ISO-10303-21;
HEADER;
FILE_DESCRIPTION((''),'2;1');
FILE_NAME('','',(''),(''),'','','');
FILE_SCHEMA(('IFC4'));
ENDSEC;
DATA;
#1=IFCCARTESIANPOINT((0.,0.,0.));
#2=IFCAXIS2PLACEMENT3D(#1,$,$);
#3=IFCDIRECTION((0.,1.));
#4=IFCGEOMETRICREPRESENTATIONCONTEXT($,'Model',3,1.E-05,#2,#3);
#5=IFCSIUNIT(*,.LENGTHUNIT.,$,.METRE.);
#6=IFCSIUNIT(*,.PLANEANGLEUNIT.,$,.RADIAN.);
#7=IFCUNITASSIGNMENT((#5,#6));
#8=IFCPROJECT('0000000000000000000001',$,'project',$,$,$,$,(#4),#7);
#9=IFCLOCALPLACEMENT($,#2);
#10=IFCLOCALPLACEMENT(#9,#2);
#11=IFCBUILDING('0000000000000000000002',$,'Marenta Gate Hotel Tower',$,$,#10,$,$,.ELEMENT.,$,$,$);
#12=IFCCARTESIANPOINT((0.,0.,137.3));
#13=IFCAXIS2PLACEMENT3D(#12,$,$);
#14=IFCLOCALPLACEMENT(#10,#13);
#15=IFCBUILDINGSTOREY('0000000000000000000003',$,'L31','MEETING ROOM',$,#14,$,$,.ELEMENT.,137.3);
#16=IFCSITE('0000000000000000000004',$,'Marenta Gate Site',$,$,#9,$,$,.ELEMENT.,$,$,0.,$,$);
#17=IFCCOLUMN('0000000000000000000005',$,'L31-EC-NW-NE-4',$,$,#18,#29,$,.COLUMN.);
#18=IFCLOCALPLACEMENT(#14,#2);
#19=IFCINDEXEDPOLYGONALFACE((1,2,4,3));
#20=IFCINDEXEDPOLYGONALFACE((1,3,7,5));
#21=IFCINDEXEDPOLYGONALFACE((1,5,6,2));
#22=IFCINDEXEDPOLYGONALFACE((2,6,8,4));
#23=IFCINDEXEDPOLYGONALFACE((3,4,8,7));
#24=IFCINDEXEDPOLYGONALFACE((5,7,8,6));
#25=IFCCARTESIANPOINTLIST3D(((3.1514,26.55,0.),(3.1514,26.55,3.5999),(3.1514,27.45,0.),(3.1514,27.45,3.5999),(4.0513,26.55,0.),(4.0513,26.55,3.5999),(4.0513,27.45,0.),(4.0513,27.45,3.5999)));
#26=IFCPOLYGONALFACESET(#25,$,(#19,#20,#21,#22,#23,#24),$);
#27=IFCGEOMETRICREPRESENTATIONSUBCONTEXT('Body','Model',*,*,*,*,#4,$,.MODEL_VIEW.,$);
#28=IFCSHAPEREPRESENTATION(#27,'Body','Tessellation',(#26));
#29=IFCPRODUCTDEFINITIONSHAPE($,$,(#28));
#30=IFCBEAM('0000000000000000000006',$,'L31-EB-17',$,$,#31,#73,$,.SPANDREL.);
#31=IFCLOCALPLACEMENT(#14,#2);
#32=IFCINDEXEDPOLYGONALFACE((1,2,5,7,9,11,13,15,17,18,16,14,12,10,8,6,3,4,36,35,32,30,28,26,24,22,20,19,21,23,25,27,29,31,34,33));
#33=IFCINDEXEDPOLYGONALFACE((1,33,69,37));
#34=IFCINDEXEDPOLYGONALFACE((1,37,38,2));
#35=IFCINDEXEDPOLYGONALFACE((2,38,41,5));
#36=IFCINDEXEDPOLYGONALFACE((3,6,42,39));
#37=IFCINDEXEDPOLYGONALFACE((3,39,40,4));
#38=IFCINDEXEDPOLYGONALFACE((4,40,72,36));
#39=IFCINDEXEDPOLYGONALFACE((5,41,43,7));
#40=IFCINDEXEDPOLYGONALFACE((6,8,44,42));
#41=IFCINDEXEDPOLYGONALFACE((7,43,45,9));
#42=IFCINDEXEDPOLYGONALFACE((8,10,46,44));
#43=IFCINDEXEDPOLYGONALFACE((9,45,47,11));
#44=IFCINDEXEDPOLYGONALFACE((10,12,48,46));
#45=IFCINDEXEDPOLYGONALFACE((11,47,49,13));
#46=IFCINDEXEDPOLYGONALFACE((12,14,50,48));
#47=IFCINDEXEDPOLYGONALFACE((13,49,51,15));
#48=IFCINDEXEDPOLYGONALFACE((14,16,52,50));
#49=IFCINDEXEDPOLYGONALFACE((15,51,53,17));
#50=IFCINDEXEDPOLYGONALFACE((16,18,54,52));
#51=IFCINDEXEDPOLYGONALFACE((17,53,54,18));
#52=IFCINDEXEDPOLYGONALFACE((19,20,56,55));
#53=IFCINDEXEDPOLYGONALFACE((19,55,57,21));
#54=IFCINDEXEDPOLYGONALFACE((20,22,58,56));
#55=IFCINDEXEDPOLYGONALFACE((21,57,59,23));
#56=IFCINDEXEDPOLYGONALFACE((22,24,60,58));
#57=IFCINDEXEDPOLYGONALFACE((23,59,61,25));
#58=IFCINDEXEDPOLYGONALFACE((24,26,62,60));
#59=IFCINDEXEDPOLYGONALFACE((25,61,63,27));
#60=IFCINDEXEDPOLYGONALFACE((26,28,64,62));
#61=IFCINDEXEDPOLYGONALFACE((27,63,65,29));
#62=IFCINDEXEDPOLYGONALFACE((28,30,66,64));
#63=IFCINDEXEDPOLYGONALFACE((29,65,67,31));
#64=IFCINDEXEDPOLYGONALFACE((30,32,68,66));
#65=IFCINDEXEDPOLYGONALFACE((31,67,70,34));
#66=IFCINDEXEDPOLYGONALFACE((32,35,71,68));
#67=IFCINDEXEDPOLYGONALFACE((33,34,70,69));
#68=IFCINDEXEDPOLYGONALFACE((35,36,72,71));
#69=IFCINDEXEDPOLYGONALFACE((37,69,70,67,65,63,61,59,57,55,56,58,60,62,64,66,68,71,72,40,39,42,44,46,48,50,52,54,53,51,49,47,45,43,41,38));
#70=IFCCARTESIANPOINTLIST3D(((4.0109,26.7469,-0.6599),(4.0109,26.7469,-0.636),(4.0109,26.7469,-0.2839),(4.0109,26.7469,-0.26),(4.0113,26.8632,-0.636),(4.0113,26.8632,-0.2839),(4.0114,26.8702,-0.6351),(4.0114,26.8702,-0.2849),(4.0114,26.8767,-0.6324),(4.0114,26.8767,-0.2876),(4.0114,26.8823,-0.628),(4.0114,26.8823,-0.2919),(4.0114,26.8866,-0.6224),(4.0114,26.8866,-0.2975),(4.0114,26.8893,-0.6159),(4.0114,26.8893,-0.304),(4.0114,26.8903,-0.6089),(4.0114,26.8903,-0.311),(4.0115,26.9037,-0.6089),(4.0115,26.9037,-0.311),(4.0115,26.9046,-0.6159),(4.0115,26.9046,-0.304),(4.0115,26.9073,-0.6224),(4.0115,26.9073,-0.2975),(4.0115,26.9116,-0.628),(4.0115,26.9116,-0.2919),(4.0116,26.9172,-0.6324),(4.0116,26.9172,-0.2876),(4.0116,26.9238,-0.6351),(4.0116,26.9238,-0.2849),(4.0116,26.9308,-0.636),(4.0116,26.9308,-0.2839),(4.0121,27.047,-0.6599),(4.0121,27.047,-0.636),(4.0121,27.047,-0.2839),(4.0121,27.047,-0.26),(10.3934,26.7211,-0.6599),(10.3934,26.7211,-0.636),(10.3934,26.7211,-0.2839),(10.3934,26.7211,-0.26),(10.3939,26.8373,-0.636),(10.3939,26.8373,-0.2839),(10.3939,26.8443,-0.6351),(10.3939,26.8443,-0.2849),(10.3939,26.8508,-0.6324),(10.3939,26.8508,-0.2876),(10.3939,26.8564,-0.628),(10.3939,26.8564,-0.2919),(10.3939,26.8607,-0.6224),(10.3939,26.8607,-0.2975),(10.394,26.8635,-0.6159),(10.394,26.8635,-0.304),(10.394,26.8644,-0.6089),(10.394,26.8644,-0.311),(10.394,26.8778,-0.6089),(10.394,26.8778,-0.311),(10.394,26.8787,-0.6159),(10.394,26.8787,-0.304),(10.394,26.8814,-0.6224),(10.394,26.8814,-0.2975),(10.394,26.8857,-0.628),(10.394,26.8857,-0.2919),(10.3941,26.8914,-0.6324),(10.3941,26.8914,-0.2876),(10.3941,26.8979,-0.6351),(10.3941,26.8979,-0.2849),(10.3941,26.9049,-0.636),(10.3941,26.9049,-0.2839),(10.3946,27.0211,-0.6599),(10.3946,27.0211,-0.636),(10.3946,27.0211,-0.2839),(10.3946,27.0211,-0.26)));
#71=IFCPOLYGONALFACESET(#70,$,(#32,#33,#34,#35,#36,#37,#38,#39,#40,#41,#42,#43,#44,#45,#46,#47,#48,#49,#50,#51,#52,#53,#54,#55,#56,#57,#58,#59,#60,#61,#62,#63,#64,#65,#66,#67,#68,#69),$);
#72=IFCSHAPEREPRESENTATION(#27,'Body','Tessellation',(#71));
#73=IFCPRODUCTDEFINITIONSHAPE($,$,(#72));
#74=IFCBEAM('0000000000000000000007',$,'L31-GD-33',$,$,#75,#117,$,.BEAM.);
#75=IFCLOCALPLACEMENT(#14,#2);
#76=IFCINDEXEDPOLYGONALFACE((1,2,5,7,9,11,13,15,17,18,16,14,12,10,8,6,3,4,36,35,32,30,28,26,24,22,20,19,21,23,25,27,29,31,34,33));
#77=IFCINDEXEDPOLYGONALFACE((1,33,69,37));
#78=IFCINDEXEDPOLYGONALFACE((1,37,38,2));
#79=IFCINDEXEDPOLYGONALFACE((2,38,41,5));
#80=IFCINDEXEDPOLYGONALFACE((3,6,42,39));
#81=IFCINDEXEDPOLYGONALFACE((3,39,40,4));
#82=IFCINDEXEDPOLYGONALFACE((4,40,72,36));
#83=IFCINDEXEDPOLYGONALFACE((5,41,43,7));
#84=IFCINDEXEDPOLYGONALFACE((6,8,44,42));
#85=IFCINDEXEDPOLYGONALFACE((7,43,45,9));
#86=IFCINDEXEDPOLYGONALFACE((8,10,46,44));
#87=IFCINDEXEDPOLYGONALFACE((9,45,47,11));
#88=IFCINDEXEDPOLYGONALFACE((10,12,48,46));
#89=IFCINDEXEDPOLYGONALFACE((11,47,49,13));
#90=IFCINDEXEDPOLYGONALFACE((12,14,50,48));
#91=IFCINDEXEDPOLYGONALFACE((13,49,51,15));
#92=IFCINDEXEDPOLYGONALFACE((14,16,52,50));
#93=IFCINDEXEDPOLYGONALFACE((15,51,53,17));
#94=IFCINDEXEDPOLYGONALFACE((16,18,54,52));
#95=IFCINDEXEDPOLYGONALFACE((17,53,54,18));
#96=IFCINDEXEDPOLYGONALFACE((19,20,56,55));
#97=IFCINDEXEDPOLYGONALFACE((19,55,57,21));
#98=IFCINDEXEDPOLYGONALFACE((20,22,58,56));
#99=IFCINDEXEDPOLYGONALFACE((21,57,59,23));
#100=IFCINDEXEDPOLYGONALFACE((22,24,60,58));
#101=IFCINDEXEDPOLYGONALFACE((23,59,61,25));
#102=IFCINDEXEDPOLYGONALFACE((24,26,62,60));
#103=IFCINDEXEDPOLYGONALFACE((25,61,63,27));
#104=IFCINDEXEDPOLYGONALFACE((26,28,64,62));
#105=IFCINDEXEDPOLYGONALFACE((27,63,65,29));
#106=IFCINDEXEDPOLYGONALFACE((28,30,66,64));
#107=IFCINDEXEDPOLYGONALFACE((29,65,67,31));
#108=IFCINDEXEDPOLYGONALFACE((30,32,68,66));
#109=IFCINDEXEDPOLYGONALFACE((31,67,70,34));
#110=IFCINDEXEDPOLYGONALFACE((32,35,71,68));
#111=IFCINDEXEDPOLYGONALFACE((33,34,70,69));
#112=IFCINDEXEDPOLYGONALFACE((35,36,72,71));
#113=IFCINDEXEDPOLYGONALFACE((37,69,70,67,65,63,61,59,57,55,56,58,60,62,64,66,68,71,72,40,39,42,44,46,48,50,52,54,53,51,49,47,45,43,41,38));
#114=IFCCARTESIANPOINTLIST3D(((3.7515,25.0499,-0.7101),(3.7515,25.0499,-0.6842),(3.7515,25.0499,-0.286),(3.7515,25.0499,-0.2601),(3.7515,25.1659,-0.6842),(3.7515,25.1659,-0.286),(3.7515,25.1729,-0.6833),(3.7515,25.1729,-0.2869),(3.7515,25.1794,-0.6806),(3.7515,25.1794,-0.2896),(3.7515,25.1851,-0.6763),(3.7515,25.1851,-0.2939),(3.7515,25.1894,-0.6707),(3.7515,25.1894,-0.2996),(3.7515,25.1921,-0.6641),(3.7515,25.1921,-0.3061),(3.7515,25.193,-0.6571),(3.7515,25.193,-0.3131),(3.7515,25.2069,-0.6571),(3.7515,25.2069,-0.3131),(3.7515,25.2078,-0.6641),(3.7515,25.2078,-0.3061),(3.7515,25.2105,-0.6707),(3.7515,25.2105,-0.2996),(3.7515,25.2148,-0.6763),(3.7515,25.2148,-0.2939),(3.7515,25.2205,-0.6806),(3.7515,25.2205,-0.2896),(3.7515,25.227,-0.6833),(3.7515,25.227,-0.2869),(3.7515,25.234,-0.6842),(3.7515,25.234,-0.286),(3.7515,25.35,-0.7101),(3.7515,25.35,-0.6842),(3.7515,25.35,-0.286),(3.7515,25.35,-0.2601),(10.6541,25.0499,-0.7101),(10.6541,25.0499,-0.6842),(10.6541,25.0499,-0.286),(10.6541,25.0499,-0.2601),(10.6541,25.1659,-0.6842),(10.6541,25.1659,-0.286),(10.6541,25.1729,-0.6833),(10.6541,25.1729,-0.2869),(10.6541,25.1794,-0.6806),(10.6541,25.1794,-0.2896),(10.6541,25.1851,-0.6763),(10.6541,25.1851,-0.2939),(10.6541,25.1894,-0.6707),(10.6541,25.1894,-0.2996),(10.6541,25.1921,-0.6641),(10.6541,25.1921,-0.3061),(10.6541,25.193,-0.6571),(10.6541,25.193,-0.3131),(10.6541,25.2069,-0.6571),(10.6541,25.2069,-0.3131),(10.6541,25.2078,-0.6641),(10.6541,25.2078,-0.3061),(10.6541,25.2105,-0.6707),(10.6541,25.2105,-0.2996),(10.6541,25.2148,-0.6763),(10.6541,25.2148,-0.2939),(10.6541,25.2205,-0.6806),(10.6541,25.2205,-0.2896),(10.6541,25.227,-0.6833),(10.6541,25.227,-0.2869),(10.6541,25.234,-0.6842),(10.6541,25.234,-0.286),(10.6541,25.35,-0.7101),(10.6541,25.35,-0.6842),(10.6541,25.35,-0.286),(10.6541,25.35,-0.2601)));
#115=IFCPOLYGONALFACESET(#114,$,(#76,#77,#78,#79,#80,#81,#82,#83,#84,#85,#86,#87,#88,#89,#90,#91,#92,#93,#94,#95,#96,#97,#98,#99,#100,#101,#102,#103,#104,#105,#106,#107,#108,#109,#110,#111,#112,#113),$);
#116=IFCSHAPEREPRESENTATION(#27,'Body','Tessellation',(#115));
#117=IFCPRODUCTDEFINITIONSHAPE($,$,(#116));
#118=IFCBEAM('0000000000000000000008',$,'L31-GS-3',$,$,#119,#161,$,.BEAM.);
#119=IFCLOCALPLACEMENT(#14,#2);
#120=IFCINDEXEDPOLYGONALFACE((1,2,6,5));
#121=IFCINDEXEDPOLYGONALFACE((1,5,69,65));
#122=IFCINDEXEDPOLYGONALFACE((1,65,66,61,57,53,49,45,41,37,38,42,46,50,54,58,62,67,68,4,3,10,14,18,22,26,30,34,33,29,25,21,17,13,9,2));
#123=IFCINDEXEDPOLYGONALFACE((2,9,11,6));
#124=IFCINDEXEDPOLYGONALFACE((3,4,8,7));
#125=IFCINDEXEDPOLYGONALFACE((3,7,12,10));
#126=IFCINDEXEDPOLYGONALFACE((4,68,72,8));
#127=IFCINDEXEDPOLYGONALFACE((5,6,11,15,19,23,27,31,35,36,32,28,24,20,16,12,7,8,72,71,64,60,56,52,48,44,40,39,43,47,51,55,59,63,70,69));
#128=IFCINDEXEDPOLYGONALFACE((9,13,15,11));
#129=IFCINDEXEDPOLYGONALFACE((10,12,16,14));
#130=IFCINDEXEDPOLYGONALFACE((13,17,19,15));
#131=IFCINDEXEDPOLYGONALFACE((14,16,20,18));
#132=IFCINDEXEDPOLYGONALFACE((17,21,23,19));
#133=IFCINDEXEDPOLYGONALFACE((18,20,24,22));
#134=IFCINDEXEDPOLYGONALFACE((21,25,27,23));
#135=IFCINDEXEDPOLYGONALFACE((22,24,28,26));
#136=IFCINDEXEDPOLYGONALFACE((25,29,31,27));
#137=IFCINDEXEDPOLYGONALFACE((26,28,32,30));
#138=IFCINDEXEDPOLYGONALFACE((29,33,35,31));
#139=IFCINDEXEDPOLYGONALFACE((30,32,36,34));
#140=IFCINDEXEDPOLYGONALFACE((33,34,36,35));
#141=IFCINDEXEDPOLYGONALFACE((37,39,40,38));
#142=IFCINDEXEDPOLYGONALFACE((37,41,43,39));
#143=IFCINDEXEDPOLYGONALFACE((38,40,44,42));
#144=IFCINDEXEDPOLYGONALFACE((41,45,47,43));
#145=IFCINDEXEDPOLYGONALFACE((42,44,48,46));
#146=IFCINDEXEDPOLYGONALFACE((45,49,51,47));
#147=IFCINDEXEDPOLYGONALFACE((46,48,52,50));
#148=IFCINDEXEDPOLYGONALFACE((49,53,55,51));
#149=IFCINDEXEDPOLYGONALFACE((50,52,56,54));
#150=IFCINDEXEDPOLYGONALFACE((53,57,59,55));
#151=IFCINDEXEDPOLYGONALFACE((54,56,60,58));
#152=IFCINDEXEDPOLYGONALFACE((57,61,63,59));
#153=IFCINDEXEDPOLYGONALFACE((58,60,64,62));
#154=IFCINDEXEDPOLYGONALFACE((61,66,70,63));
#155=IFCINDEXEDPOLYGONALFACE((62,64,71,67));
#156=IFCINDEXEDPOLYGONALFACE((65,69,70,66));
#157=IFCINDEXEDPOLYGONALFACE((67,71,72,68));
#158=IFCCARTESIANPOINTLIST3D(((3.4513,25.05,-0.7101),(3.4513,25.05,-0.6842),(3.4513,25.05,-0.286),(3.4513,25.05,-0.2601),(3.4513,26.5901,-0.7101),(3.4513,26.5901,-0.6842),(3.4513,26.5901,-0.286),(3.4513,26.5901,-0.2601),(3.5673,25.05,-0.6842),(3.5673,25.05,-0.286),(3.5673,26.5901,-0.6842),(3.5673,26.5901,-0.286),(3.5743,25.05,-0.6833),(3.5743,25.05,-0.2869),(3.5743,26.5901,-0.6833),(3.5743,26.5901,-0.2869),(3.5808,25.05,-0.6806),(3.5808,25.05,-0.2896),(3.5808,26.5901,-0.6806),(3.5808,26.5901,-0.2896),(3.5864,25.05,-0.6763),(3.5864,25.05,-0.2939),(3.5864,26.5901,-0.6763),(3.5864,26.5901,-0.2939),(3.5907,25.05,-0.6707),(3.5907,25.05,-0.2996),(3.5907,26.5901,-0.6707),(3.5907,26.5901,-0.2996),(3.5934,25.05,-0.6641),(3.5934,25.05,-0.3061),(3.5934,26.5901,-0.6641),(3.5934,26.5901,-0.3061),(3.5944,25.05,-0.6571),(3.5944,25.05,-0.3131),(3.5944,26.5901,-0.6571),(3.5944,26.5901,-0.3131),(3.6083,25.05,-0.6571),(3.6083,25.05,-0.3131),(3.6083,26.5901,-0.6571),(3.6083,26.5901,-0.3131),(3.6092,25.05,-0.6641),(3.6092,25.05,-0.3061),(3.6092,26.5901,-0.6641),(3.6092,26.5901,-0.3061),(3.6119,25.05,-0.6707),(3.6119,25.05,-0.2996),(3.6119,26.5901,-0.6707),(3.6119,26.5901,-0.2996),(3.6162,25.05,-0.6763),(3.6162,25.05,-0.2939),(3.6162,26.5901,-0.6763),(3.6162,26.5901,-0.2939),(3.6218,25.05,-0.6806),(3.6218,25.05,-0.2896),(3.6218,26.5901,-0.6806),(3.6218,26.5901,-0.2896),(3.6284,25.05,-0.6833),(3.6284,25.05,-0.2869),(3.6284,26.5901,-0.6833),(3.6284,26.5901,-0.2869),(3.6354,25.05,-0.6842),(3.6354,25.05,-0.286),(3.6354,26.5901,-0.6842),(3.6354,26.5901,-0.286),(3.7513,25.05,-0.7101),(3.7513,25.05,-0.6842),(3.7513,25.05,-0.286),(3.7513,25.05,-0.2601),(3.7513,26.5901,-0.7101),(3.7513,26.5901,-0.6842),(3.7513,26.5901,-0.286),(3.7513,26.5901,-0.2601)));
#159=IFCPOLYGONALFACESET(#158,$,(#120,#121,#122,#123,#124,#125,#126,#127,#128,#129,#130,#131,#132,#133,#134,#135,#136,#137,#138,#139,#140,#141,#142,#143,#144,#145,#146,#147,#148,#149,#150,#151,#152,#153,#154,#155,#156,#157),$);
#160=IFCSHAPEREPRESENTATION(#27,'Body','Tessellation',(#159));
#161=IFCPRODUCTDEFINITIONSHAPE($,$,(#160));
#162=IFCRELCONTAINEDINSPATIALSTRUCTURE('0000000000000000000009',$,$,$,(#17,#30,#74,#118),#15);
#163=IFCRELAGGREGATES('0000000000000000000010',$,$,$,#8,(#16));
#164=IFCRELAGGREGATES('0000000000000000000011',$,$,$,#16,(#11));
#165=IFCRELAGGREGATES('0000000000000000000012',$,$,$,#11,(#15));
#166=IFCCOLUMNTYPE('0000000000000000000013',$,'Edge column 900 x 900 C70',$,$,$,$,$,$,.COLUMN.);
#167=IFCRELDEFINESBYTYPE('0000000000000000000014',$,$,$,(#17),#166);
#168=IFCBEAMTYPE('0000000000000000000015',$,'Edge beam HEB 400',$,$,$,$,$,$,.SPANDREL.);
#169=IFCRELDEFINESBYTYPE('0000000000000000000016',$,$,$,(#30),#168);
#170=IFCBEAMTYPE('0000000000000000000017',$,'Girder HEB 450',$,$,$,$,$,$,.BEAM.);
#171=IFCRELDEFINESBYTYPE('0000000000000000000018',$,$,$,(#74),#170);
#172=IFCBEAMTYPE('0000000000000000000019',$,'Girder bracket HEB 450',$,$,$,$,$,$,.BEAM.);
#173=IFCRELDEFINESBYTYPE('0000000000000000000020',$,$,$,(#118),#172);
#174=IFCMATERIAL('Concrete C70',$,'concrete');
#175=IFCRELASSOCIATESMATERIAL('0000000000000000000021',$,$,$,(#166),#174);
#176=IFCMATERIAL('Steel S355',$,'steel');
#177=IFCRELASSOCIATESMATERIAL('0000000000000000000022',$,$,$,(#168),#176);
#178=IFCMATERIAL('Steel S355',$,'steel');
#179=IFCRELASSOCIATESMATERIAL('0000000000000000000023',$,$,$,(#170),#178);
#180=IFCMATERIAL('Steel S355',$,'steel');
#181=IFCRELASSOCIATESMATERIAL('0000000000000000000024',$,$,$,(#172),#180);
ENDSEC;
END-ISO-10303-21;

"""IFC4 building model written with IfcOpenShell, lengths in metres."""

from ifc_helpers import new_model, si_unit, direction, frame, origin, origin_2d, place, context, subcontext, project, spatial, rectangle, i_section, extrude, material, material_profile, profile_set, type_object, element, save


model = new_model("IFC4")

# Units and contexts
model_context = context("Model", 3, precision=1e-05, world=origin(), true_north=direction((0.0, 1.0)))
body_context = subcontext(model_context, "Body", "Model", "MODEL_VIEW")
ifc_project = project(units=[si_unit("LENGTHUNIT", "METRE"), si_unit("PLANEANGLEUNIT", "RADIAN")], contexts=[model_context])

# Site, building, storey
site_placement = place(None, origin())
site = spatial("IfcSite", under=ifc_project, at=site_placement, Name="Marenta Gate Site", CompositionType="ELEMENT", RefElevation=0.0)
building_placement = place(site_placement, origin())
building = spatial("IfcBuilding", under=site, at=building_placement, Name="Marenta Gate Hotel Tower", CompositionType="ELEMENT")
storey_placement = place(building_placement, frame((0.0, 0.0, 137.3)))
storey = spatial("IfcBuildingStorey", under=building, at=storey_placement, Name="L31", Description="MEETING ROOM", CompositionType="ELEMENT", Elevation=137.3)

# Column
ifc_material_1 = material(Name="Concrete C70", Category="concrete")
ifc_material_profile_1 = material_profile(ifc_material_1, rectangle(XDim=0.8999, YDim=0.8999, at=origin_2d()), Name="900 x 900")
ifc_profile_set_1 = profile_set([ifc_material_profile_1], Name="Concrete C70")
column_type = type_object("IfcColumnType", Name="Edge column 900 x 900 C70", PredefinedType="COLUMN", material=ifc_profile_set_1)
column_placement = place(storey_placement, frame((3.6013, 27.0, 0.0), z_axis=(0.0, 0.0, 1.0), x_axis=(1.0, 0.0, 0.0)))
element("IfcColumn", 1, at=column_placement, inside=storey, type_object=column_type, Name="L31-EC-NW-NE-4", PredefinedType="COLUMN", context=body_context, shape_type="SweptSolid", body=[
    extrude(rectangle(XDim=0.8999, YDim=0.8999, at=origin_2d()), origin(), (0.0, 0.0, 1.0), 3.5999),
])

# Beams
ifc_material_2 = material(Name="Steel S355", Category="steel")
ifc_material_profile_2 = material_profile(ifc_material_2, i_section(OverallWidth=0.3, OverallDepth=0.3999, WebThickness=0.0134, FlangeThickness=0.0239, FilletRadius=0.0271, at=origin_2d()), Name="HEB 400")
ifc_profile_set_2 = profile_set([ifc_material_profile_2], Name="Steel S355")
beam_type_1 = type_object("IfcBeamType", Name="Edge beam HEB 400", PredefinedType="SPANDREL", material=ifc_profile_set_2)
beam_1_placement = place(storey_placement, frame((4.0115, 26.897, -0.46), z_axis=(0.999992, -0.004055, 0.0), x_axis=(0.004055, 0.999992, 0.0)))
element("IfcBeam", 2, at=beam_1_placement, inside=storey, type_object=beam_type_1, Name="L31-EB-17", PredefinedType="SPANDREL", context=body_context, shape_type="SweptSolid", body=[
    extrude(i_section(OverallWidth=0.3, OverallDepth=0.3999, WebThickness=0.0134, FlangeThickness=0.0239, FilletRadius=0.0271, at=origin_2d()), origin(), (0.0, 0.0, 1.0), 6.3826),
])
ifc_material_3 = material(Name="Steel S355", Category="steel")
ifc_material_profile_3 = material_profile(ifc_material_3, i_section(OverallWidth=0.3, OverallDepth=0.45, WebThickness=0.0139, FlangeThickness=0.0259, FilletRadius=0.0271, at=origin_2d()), Name="HEB 450")
ifc_profile_set_3 = profile_set([ifc_material_profile_3], Name="Steel S355")
beam_type_2 = type_object("IfcBeamType", Name="Girder HEB 450", PredefinedType="BEAM", material=ifc_profile_set_3)
beam_2_placement = place(storey_placement, frame((3.7515, 25.2, -0.4851), z_axis=(1.0, 0.0, 0.0), x_axis=(0.0, 1.0, 0.0)))
element("IfcBeam", 3, at=beam_2_placement, inside=storey, type_object=beam_type_2, Name="L31-GD-33", PredefinedType="BEAM", context=body_context, shape_type="SweptSolid", body=[
    extrude(i_section(OverallWidth=0.3, OverallDepth=0.45, WebThickness=0.0139, FlangeThickness=0.0259, FilletRadius=0.0271, at=origin_2d()), origin(), (0.0, 0.0, 1.0), 6.9026),
])
ifc_material_4 = material(Name="Steel S355", Category="steel")
ifc_material_profile_4 = material_profile(ifc_material_4, i_section(OverallWidth=0.3, OverallDepth=0.45, WebThickness=0.0139, FlangeThickness=0.0259, FilletRadius=0.0271, at=origin_2d()), Name="HEB 450")
ifc_profile_set_4 = profile_set([ifc_material_profile_4], Name="Steel S355")
beam_type_3 = type_object("IfcBeamType", Name="Girder bracket HEB 450", PredefinedType="BEAM", material=ifc_profile_set_4)
for number, where, z_axis, x_axis, name in (
    (4, (3.6013, 25.05, -0.4851), (0.0, 1.0, 0.0), (-1.0, 0.0, 0.0), "L31-GS-3"),
):
    element("IfcBeam", number, at=place(storey_placement, frame(where, z_axis=z_axis, x_axis=x_axis)), inside=storey, type_object=beam_type_3, Name=name, PredefinedType="BEAM", context=body_context, shape_type="SweptSolid", body=[
        extrude(i_section(OverallWidth=0.3, OverallDepth=0.45, WebThickness=0.0139, FlangeThickness=0.0259, FilletRadius=0.0271, at=origin_2d()), origin(), (0.0, 0.0, 1.0), 1.54),
    ])

save(model, "model.ifc")
